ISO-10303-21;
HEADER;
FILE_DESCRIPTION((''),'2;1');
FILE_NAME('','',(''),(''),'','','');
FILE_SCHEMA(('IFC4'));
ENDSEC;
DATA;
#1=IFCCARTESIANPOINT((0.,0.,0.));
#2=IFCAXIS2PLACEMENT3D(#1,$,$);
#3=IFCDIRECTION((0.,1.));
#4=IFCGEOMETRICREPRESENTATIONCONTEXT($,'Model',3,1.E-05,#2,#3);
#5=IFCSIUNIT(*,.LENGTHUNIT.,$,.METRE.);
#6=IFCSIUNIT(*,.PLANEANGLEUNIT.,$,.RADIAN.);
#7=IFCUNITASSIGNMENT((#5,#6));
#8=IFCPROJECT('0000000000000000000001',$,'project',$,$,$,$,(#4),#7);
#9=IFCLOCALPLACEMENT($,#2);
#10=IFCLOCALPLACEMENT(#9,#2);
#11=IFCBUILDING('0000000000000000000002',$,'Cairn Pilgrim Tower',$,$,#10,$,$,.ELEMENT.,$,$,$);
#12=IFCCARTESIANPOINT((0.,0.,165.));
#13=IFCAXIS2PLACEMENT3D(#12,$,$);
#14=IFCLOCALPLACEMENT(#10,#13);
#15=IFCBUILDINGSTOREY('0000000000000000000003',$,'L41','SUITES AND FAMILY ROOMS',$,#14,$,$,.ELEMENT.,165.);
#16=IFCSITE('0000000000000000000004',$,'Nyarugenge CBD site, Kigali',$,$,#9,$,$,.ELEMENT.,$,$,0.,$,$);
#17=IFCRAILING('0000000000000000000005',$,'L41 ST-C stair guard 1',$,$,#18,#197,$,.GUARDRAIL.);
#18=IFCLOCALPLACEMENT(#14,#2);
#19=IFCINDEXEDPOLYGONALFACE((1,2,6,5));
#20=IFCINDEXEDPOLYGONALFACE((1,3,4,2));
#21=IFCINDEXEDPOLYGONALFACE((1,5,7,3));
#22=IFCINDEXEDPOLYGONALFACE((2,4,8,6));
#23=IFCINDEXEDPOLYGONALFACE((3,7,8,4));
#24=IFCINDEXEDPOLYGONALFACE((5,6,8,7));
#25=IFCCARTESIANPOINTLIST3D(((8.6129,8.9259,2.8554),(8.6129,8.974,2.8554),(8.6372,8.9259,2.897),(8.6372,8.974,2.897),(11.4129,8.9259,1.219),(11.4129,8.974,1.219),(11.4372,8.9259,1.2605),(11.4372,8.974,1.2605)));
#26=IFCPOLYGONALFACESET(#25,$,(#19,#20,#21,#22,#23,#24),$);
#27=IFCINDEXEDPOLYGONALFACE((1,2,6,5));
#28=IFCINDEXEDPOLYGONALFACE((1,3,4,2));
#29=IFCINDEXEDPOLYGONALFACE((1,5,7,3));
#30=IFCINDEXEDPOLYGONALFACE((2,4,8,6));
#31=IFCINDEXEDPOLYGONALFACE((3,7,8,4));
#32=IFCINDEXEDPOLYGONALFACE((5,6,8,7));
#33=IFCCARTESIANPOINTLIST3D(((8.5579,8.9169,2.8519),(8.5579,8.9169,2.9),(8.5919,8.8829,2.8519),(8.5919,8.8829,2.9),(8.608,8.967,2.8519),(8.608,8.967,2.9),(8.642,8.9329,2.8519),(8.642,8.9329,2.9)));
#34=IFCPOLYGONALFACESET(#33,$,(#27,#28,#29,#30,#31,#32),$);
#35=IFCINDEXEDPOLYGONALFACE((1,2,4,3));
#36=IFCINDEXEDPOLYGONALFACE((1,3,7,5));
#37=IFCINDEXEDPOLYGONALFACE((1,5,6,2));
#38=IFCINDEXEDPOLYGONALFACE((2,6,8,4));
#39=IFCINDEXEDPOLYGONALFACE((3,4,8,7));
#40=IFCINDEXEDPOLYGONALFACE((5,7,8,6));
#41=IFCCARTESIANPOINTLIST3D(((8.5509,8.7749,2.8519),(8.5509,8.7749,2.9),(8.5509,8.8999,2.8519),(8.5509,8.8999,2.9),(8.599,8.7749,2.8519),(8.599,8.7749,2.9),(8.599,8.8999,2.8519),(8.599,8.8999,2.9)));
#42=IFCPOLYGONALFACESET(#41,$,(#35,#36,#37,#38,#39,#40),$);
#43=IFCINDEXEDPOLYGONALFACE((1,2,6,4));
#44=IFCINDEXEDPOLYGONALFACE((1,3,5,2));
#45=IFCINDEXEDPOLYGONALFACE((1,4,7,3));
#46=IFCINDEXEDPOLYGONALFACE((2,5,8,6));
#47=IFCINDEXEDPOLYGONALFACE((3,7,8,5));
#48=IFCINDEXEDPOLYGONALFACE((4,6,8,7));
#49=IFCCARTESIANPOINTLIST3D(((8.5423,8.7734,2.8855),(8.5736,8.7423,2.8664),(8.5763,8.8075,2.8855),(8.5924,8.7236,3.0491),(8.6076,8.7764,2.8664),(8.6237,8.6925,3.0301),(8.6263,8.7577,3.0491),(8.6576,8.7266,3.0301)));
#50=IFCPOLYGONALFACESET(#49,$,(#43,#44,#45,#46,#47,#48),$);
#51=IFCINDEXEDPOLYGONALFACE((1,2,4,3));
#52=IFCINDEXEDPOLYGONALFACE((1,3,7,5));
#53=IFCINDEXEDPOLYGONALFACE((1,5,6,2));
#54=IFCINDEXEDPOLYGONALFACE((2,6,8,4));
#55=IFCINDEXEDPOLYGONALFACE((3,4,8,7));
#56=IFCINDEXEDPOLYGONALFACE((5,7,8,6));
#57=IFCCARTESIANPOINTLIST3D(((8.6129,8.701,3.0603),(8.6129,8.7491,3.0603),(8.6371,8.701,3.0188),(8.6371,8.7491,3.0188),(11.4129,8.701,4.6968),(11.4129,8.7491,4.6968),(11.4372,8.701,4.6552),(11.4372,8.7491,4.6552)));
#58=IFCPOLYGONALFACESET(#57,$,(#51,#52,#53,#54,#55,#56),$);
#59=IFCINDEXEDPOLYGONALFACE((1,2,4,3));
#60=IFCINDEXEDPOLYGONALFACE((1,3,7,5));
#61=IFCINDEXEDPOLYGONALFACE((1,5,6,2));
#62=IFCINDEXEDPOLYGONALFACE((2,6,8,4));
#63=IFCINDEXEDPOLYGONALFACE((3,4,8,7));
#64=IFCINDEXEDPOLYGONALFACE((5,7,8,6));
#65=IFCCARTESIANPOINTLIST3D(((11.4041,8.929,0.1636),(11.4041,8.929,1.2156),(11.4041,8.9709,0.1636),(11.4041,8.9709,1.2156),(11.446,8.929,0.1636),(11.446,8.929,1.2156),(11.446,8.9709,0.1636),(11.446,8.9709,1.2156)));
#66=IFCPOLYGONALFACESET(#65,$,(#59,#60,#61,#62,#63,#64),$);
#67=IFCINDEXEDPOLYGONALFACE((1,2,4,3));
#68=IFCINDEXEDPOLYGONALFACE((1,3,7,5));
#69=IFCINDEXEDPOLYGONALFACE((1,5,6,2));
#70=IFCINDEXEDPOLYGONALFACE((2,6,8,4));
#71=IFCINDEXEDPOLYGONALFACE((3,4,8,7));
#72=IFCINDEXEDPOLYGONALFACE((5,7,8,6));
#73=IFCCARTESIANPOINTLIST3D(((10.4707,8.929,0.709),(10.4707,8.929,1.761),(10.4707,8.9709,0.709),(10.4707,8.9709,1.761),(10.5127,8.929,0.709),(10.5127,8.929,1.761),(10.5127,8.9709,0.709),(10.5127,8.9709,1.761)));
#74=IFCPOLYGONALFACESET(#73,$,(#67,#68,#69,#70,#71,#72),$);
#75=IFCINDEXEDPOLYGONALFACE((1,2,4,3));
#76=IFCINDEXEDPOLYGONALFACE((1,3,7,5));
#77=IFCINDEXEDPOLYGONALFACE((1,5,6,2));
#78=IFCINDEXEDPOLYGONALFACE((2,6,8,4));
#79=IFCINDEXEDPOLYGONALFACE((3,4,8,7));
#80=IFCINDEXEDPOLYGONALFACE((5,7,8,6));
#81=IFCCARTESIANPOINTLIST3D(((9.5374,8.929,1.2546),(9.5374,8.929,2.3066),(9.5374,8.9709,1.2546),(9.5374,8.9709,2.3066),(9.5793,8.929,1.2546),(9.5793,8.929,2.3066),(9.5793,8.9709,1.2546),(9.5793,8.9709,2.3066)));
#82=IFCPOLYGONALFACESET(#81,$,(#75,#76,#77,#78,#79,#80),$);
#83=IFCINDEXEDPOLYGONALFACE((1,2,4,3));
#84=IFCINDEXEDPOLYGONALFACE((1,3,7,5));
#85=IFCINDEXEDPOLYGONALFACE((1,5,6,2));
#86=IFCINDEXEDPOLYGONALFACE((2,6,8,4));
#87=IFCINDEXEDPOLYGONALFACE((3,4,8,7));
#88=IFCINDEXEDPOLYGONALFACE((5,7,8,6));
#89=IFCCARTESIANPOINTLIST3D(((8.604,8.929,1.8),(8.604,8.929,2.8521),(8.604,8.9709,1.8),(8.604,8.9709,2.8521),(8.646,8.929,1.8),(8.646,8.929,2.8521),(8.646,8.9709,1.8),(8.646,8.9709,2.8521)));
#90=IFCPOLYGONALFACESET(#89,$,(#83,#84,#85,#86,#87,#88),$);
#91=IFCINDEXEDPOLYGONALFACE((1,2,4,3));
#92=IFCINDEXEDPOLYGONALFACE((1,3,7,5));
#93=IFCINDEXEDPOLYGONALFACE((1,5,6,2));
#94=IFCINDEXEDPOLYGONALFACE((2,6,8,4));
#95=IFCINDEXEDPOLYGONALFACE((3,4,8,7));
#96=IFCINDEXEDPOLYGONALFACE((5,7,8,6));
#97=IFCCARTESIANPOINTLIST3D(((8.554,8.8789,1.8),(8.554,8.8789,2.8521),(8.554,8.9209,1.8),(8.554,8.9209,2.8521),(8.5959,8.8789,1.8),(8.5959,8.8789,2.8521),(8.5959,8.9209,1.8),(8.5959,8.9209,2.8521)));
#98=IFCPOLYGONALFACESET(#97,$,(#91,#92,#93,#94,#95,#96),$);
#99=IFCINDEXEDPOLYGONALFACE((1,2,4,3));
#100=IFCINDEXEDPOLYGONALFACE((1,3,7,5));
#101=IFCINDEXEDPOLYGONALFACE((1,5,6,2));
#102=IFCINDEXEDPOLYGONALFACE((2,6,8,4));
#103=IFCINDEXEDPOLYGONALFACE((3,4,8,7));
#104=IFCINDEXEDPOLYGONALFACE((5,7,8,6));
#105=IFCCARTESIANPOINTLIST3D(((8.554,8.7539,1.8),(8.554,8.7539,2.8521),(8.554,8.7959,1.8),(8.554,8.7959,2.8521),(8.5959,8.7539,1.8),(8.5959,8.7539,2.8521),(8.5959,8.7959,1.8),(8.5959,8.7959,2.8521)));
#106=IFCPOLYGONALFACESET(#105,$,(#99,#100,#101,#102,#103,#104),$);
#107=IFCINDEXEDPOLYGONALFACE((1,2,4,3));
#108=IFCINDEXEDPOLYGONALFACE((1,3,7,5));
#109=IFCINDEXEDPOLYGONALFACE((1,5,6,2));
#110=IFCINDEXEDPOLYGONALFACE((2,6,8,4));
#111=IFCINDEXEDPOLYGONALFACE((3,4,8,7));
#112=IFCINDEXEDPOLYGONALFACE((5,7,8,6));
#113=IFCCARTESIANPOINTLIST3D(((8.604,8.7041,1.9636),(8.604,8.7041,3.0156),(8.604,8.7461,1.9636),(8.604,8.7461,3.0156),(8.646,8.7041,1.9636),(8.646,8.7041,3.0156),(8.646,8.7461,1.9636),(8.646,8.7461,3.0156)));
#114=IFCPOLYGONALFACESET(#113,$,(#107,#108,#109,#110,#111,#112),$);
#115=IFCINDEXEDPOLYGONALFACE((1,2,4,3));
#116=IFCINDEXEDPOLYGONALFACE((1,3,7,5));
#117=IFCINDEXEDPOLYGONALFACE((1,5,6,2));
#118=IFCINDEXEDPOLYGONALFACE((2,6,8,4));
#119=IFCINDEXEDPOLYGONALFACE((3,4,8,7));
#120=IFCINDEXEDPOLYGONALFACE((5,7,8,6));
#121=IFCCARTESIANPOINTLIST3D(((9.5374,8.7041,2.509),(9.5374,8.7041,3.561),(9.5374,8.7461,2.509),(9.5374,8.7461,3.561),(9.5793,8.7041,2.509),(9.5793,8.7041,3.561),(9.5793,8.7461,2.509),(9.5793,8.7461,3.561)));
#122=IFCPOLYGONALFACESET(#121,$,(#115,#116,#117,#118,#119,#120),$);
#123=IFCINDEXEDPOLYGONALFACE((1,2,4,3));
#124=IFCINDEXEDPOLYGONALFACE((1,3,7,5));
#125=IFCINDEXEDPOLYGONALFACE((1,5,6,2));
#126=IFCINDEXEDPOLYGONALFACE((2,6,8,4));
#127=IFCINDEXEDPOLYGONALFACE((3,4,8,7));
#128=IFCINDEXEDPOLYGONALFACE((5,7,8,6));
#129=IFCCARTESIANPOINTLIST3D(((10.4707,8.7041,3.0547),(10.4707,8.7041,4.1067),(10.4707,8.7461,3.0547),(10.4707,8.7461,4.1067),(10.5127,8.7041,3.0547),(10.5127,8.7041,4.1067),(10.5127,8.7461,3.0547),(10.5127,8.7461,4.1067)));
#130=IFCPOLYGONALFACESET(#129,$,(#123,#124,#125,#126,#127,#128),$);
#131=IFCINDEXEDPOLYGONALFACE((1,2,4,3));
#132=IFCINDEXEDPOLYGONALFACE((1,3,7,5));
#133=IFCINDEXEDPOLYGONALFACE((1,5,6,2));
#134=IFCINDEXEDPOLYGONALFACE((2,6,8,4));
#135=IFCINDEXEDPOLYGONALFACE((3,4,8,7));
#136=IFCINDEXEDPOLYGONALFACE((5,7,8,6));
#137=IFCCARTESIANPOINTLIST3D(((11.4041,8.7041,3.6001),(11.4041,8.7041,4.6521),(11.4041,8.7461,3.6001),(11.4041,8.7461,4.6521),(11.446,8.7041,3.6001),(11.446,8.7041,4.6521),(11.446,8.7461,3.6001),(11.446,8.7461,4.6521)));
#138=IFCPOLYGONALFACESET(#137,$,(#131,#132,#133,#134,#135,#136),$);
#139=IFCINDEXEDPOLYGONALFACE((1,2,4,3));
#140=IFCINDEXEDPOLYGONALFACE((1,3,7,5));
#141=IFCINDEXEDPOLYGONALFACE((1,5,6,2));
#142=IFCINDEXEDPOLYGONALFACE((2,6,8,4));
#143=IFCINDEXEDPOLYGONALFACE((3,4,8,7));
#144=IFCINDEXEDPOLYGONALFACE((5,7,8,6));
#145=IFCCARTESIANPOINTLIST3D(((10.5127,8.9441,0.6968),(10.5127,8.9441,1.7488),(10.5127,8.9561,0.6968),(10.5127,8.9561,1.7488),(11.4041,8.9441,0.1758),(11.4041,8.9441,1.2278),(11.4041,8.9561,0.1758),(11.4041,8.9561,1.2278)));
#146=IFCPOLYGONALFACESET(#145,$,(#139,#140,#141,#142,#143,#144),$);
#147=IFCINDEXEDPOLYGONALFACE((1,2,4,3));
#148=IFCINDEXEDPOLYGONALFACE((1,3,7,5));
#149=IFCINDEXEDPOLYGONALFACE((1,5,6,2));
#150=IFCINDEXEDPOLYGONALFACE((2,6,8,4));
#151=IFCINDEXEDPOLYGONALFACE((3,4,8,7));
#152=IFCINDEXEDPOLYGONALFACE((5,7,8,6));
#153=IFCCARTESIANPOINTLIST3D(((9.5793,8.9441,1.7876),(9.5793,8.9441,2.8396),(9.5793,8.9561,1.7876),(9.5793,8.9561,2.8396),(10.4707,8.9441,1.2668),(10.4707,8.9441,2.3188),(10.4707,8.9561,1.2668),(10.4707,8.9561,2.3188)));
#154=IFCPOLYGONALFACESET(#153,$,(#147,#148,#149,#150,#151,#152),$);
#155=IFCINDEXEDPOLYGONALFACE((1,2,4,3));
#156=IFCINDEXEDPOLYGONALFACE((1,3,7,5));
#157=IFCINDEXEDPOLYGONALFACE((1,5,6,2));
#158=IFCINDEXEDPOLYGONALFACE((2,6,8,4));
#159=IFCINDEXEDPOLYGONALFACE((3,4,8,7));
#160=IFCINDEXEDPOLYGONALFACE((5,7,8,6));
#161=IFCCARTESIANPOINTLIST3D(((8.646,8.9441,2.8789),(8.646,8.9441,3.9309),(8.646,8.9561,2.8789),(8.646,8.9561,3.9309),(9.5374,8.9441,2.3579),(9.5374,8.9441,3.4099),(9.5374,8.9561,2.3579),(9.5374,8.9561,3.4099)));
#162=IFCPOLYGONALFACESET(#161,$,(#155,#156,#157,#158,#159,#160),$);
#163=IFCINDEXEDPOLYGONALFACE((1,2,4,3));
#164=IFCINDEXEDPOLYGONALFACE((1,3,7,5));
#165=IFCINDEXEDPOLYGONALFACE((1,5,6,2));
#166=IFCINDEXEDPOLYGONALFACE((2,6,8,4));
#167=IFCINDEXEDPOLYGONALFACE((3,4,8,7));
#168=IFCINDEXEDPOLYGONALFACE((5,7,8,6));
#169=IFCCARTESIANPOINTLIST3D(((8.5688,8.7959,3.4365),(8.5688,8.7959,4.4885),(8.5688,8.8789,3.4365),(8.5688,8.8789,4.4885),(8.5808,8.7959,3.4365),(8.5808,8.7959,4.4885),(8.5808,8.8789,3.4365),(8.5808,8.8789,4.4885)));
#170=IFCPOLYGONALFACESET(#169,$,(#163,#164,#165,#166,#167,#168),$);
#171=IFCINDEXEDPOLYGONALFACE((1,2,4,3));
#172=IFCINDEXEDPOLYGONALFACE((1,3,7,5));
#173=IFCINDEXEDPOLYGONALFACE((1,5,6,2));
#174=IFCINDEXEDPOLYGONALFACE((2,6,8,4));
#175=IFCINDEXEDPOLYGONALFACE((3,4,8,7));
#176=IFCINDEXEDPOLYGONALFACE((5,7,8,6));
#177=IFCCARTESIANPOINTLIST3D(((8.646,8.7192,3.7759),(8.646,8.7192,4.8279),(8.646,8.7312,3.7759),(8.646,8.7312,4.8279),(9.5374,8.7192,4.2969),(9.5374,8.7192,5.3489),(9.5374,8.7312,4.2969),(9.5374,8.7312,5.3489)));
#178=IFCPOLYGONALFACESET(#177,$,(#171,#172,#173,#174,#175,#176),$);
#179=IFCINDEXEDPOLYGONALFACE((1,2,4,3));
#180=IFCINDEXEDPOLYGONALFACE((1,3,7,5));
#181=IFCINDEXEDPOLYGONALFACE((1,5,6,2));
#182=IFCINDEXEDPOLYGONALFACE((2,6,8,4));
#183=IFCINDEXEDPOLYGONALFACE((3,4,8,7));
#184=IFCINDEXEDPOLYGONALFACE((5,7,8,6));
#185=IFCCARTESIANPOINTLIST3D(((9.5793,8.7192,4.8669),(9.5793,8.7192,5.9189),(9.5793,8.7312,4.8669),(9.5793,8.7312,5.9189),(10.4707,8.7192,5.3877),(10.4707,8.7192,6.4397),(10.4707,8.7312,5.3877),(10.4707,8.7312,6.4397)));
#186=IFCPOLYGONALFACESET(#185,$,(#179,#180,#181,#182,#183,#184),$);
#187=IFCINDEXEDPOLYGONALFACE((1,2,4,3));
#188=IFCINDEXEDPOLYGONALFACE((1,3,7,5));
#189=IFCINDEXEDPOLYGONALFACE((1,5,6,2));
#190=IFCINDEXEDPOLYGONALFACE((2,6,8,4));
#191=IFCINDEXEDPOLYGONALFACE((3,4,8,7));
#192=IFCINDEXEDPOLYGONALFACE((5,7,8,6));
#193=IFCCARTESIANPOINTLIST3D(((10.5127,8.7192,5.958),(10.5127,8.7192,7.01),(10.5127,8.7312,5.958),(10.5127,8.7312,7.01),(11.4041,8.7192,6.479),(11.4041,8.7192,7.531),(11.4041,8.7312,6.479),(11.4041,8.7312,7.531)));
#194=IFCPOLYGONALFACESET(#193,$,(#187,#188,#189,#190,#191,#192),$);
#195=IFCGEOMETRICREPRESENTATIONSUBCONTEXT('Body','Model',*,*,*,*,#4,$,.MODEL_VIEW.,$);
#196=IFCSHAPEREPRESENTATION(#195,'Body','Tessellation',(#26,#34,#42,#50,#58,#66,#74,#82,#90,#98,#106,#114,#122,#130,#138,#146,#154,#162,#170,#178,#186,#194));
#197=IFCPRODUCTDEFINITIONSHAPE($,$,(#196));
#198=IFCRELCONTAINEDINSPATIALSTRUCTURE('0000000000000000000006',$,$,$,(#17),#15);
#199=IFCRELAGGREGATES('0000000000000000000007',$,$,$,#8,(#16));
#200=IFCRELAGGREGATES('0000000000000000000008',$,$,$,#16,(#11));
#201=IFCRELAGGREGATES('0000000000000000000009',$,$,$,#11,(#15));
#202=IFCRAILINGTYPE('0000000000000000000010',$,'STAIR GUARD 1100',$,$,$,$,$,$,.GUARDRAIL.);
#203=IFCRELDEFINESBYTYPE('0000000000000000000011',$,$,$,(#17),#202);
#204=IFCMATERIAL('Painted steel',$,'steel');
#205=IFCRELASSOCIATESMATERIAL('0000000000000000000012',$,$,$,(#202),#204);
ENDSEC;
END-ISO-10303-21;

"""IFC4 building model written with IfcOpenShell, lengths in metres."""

from ifc_helpers import new_model, si_unit, direction, frame, origin, origin_2d, place, context, subcontext, project, spatial, polyline, rectangle, outline, extrude, material, type_object, element, save


model = new_model("IFC4")

# Units and contexts
model_context = context("Model", 3, precision=1e-05, world=origin(), true_north=direction((0.0, 1.0)))
body_context = subcontext(model_context, "Body", "Model", "MODEL_VIEW")
ifc_project = project(units=[si_unit("LENGTHUNIT", "METRE"), si_unit("PLANEANGLEUNIT", "RADIAN")], contexts=[model_context])

# Site, building, storey
site_placement = place(None, origin())
site = spatial("IfcSite", under=ifc_project, at=site_placement, Name="Nyarugenge CBD site, Kigali", CompositionType="ELEMENT", RefElevation=0.0)
building_placement = place(site_placement, origin())
building = spatial("IfcBuilding", under=site, at=building_placement, Name="Cairn Pilgrim Tower", CompositionType="ELEMENT")
storey_placement = place(building_placement, frame((0.0, 0.0, 165.0)))
storey = spatial("IfcBuildingStorey", under=building, at=storey_placement, Name="L41", Description="SUITES AND FAMILY ROOMS", CompositionType="ELEMENT", Elevation=165.0)

# Shared definitions
ifc_material_1 = material(Name="Painted steel", Category="steel")

# Railing
railing_type_1 = type_object("IfcRailingType", Name="STAIR GUARD 1100", PredefinedType="GUARDRAIL", material=ifc_material_1)
railing_1_placement = place(storey_placement, frame((11.425, 8.95, 0.1636)))
element("IfcRailing", 1, at=railing_1_placement, inside=storey, type_object=railing_type_1, Name="L41 ST-C stair guard 1", PredefinedType="GUARDRAIL", context=body_context, shape_type="SweptSolid", body=[
    extrude(rectangle(XDim=0.0481, YDim=0.0481, at=origin_2d()), frame((0.0, 0.0, 1.0762), z_axis=(-0.863361, 0.0, 0.504587), x_axis=(0.0, -1.0, 0.0)), (0.0, 0.0, 1.0), 3.2432),
    extrude(rectangle(XDim=0.0481, YDim=0.0481, at=origin_2d()), frame((-2.8, 0.0, 2.7124), z_axis=(-0.707107, -0.707107, 0.0), x_axis=(0.707107, -0.707107, 0.0)), (0.0, 0.0, 1.0), 0.0708),
    extrude(rectangle(XDim=0.0481, YDim=0.0481, at=origin_2d()), frame((-2.8501, -0.05, 2.7124), z_axis=(0.0, -1.0, 0.0), x_axis=(1.0, 0.0, 0.0)), (0.0, 0.0, 1.0), 0.125),
    extrude(rectangle(XDim=0.0481, YDim=0.0481, at=origin_2d()), frame((-2.8501, -0.175, 2.7124), z_axis=(0.280917, -0.279546, 0.918118), x_axis=(0.705376, 0.708834, 0.0)), (0.0, 0.0, 1.0), 0.1782),
    extrude(rectangle(XDim=0.0481, YDim=0.0481, at=origin_2d()), frame((-2.8, -0.2249, 2.876), z_axis=(0.863361, 0.0, 0.504587), x_axis=(0.0, 1.0, 0.0)), (0.0, 0.0, 1.0), 3.2432),
    extrude(rectangle(XDim=0.042, YDim=0.042, at=origin_2d()), origin(), (0.0, 0.0, 1.0), 1.052),
    extrude(rectangle(XDim=0.042, YDim=0.042, at=origin_2d()), frame((-0.9333, 0.0, 0.5454)), (0.0, 0.0, 1.0), 1.052),
    extrude(rectangle(XDim=0.042, YDim=0.042, at=origin_2d()), frame((-1.8667, 0.0, 1.0911)), (0.0, 0.0, 1.0), 1.052),
    extrude(rectangle(XDim=0.042, YDim=0.042, at=origin_2d()), frame((-2.8, 0.0, 1.6365)), (0.0, 0.0, 1.0), 1.052),
    extrude(rectangle(XDim=0.042, YDim=0.042, at=origin_2d()), frame((-2.8501, -0.05, 1.6365)), (0.0, 0.0, 1.0), 1.052),
    extrude(rectangle(XDim=0.042, YDim=0.042, at=origin_2d()), frame((-2.8501, -0.175, 1.6365)), (0.0, 0.0, 1.0), 1.052),
    extrude(rectangle(XDim=0.042, YDim=0.042, at=origin_2d()), frame((-2.8, -0.2249, 1.8)), (0.0, 0.0, 1.0), 1.052),
    extrude(rectangle(XDim=0.042, YDim=0.042, at=origin_2d()), frame((-1.8667, -0.2249, 2.3455)), (0.0, 0.0, 1.0), 1.052),
    extrude(rectangle(XDim=0.042, YDim=0.042, at=origin_2d()), frame((-0.9333, -0.2249, 2.8911)), (0.0, 0.0, 1.0), 1.052),
    extrude(rectangle(XDim=0.042, YDim=0.042, at=origin_2d()), frame((0.0, -0.2249, 3.4365)), (0.0, 0.0, 1.0), 1.052),
    extrude(outline(polyline([(0.021, 0.0122), (0.9124, 0.5332), (0.9124, 1.5852), (0.021, 1.0642), (0.021, 0.0122)])), frame((0.0, -0.0059, 0.0), z_axis=(0.0, 1.0, 0.0), x_axis=(-1.0, 0.0, 0.0)), (0.0, 0.0, 1.0), 0.012),
    extrude(outline(polyline([(0.021, 0.5579), (0.9124, 1.0786), (0.9124, 2.1306), (0.021, 1.6099), (0.021, 0.5579)])), frame((-0.9333, -0.0059, 0.5454), z_axis=(0.0, 1.0, 0.0), x_axis=(-1.0, 0.0, 0.0)), (0.0, 0.0, 1.0), 0.012),
    extrude(outline(polyline([(0.021, 1.1033), (0.9124, 1.6243), (0.9124, 2.6763), (0.021, 2.1553), (0.021, 1.1033)])), frame((-1.8667, -0.0059, 1.0911), z_axis=(0.0, 1.0, 0.0), x_axis=(-1.0, 0.0, 0.0)), (0.0, 0.0, 1.0), 0.012),
    extrude(outline(polyline([(0.021, 1.6365), (0.104, 1.6365), (0.104, 2.6885), (0.021, 2.6885), (0.021, 1.6365)])), frame((-2.8442, -0.05, 1.6365), z_axis=(-1.0, 0.0, 0.0), x_axis=(0.0, -1.0, 0.0)), (0.0, 0.0, 1.0), 0.012),
    extrude(outline(polyline([(0.021, 1.8123), (0.9124, 2.3333), (0.9124, 3.3853), (0.021, 2.8643), (0.021, 1.8123)])), frame((-2.8, -0.2188, 1.8), z_axis=(0.0, -1.0, 0.0), x_axis=(1.0, 0.0, 0.0)), (0.0, 0.0, 1.0), 0.012),
    extrude(outline(polyline([(0.021, 2.3579), (0.9124, 2.8787), (0.9124, 3.9307), (0.021, 3.4099), (0.021, 2.3579)])), frame((-1.8667, -0.2188, 2.3455), z_axis=(0.0, -1.0, 0.0), x_axis=(1.0, 0.0, 0.0)), (0.0, 0.0, 1.0), 0.012),
    extrude(outline(polyline([(0.021, 2.9033), (0.9124, 3.4243), (0.9124, 4.4763), (0.021, 3.9553), (0.021, 2.9033)])), frame((-0.9333, -0.2188, 2.8911), z_axis=(0.0, -1.0, 0.0), x_axis=(1.0, 0.0, 0.0)), (0.0, 0.0, 1.0), 0.012),
])

save(model, "model.ifc")
